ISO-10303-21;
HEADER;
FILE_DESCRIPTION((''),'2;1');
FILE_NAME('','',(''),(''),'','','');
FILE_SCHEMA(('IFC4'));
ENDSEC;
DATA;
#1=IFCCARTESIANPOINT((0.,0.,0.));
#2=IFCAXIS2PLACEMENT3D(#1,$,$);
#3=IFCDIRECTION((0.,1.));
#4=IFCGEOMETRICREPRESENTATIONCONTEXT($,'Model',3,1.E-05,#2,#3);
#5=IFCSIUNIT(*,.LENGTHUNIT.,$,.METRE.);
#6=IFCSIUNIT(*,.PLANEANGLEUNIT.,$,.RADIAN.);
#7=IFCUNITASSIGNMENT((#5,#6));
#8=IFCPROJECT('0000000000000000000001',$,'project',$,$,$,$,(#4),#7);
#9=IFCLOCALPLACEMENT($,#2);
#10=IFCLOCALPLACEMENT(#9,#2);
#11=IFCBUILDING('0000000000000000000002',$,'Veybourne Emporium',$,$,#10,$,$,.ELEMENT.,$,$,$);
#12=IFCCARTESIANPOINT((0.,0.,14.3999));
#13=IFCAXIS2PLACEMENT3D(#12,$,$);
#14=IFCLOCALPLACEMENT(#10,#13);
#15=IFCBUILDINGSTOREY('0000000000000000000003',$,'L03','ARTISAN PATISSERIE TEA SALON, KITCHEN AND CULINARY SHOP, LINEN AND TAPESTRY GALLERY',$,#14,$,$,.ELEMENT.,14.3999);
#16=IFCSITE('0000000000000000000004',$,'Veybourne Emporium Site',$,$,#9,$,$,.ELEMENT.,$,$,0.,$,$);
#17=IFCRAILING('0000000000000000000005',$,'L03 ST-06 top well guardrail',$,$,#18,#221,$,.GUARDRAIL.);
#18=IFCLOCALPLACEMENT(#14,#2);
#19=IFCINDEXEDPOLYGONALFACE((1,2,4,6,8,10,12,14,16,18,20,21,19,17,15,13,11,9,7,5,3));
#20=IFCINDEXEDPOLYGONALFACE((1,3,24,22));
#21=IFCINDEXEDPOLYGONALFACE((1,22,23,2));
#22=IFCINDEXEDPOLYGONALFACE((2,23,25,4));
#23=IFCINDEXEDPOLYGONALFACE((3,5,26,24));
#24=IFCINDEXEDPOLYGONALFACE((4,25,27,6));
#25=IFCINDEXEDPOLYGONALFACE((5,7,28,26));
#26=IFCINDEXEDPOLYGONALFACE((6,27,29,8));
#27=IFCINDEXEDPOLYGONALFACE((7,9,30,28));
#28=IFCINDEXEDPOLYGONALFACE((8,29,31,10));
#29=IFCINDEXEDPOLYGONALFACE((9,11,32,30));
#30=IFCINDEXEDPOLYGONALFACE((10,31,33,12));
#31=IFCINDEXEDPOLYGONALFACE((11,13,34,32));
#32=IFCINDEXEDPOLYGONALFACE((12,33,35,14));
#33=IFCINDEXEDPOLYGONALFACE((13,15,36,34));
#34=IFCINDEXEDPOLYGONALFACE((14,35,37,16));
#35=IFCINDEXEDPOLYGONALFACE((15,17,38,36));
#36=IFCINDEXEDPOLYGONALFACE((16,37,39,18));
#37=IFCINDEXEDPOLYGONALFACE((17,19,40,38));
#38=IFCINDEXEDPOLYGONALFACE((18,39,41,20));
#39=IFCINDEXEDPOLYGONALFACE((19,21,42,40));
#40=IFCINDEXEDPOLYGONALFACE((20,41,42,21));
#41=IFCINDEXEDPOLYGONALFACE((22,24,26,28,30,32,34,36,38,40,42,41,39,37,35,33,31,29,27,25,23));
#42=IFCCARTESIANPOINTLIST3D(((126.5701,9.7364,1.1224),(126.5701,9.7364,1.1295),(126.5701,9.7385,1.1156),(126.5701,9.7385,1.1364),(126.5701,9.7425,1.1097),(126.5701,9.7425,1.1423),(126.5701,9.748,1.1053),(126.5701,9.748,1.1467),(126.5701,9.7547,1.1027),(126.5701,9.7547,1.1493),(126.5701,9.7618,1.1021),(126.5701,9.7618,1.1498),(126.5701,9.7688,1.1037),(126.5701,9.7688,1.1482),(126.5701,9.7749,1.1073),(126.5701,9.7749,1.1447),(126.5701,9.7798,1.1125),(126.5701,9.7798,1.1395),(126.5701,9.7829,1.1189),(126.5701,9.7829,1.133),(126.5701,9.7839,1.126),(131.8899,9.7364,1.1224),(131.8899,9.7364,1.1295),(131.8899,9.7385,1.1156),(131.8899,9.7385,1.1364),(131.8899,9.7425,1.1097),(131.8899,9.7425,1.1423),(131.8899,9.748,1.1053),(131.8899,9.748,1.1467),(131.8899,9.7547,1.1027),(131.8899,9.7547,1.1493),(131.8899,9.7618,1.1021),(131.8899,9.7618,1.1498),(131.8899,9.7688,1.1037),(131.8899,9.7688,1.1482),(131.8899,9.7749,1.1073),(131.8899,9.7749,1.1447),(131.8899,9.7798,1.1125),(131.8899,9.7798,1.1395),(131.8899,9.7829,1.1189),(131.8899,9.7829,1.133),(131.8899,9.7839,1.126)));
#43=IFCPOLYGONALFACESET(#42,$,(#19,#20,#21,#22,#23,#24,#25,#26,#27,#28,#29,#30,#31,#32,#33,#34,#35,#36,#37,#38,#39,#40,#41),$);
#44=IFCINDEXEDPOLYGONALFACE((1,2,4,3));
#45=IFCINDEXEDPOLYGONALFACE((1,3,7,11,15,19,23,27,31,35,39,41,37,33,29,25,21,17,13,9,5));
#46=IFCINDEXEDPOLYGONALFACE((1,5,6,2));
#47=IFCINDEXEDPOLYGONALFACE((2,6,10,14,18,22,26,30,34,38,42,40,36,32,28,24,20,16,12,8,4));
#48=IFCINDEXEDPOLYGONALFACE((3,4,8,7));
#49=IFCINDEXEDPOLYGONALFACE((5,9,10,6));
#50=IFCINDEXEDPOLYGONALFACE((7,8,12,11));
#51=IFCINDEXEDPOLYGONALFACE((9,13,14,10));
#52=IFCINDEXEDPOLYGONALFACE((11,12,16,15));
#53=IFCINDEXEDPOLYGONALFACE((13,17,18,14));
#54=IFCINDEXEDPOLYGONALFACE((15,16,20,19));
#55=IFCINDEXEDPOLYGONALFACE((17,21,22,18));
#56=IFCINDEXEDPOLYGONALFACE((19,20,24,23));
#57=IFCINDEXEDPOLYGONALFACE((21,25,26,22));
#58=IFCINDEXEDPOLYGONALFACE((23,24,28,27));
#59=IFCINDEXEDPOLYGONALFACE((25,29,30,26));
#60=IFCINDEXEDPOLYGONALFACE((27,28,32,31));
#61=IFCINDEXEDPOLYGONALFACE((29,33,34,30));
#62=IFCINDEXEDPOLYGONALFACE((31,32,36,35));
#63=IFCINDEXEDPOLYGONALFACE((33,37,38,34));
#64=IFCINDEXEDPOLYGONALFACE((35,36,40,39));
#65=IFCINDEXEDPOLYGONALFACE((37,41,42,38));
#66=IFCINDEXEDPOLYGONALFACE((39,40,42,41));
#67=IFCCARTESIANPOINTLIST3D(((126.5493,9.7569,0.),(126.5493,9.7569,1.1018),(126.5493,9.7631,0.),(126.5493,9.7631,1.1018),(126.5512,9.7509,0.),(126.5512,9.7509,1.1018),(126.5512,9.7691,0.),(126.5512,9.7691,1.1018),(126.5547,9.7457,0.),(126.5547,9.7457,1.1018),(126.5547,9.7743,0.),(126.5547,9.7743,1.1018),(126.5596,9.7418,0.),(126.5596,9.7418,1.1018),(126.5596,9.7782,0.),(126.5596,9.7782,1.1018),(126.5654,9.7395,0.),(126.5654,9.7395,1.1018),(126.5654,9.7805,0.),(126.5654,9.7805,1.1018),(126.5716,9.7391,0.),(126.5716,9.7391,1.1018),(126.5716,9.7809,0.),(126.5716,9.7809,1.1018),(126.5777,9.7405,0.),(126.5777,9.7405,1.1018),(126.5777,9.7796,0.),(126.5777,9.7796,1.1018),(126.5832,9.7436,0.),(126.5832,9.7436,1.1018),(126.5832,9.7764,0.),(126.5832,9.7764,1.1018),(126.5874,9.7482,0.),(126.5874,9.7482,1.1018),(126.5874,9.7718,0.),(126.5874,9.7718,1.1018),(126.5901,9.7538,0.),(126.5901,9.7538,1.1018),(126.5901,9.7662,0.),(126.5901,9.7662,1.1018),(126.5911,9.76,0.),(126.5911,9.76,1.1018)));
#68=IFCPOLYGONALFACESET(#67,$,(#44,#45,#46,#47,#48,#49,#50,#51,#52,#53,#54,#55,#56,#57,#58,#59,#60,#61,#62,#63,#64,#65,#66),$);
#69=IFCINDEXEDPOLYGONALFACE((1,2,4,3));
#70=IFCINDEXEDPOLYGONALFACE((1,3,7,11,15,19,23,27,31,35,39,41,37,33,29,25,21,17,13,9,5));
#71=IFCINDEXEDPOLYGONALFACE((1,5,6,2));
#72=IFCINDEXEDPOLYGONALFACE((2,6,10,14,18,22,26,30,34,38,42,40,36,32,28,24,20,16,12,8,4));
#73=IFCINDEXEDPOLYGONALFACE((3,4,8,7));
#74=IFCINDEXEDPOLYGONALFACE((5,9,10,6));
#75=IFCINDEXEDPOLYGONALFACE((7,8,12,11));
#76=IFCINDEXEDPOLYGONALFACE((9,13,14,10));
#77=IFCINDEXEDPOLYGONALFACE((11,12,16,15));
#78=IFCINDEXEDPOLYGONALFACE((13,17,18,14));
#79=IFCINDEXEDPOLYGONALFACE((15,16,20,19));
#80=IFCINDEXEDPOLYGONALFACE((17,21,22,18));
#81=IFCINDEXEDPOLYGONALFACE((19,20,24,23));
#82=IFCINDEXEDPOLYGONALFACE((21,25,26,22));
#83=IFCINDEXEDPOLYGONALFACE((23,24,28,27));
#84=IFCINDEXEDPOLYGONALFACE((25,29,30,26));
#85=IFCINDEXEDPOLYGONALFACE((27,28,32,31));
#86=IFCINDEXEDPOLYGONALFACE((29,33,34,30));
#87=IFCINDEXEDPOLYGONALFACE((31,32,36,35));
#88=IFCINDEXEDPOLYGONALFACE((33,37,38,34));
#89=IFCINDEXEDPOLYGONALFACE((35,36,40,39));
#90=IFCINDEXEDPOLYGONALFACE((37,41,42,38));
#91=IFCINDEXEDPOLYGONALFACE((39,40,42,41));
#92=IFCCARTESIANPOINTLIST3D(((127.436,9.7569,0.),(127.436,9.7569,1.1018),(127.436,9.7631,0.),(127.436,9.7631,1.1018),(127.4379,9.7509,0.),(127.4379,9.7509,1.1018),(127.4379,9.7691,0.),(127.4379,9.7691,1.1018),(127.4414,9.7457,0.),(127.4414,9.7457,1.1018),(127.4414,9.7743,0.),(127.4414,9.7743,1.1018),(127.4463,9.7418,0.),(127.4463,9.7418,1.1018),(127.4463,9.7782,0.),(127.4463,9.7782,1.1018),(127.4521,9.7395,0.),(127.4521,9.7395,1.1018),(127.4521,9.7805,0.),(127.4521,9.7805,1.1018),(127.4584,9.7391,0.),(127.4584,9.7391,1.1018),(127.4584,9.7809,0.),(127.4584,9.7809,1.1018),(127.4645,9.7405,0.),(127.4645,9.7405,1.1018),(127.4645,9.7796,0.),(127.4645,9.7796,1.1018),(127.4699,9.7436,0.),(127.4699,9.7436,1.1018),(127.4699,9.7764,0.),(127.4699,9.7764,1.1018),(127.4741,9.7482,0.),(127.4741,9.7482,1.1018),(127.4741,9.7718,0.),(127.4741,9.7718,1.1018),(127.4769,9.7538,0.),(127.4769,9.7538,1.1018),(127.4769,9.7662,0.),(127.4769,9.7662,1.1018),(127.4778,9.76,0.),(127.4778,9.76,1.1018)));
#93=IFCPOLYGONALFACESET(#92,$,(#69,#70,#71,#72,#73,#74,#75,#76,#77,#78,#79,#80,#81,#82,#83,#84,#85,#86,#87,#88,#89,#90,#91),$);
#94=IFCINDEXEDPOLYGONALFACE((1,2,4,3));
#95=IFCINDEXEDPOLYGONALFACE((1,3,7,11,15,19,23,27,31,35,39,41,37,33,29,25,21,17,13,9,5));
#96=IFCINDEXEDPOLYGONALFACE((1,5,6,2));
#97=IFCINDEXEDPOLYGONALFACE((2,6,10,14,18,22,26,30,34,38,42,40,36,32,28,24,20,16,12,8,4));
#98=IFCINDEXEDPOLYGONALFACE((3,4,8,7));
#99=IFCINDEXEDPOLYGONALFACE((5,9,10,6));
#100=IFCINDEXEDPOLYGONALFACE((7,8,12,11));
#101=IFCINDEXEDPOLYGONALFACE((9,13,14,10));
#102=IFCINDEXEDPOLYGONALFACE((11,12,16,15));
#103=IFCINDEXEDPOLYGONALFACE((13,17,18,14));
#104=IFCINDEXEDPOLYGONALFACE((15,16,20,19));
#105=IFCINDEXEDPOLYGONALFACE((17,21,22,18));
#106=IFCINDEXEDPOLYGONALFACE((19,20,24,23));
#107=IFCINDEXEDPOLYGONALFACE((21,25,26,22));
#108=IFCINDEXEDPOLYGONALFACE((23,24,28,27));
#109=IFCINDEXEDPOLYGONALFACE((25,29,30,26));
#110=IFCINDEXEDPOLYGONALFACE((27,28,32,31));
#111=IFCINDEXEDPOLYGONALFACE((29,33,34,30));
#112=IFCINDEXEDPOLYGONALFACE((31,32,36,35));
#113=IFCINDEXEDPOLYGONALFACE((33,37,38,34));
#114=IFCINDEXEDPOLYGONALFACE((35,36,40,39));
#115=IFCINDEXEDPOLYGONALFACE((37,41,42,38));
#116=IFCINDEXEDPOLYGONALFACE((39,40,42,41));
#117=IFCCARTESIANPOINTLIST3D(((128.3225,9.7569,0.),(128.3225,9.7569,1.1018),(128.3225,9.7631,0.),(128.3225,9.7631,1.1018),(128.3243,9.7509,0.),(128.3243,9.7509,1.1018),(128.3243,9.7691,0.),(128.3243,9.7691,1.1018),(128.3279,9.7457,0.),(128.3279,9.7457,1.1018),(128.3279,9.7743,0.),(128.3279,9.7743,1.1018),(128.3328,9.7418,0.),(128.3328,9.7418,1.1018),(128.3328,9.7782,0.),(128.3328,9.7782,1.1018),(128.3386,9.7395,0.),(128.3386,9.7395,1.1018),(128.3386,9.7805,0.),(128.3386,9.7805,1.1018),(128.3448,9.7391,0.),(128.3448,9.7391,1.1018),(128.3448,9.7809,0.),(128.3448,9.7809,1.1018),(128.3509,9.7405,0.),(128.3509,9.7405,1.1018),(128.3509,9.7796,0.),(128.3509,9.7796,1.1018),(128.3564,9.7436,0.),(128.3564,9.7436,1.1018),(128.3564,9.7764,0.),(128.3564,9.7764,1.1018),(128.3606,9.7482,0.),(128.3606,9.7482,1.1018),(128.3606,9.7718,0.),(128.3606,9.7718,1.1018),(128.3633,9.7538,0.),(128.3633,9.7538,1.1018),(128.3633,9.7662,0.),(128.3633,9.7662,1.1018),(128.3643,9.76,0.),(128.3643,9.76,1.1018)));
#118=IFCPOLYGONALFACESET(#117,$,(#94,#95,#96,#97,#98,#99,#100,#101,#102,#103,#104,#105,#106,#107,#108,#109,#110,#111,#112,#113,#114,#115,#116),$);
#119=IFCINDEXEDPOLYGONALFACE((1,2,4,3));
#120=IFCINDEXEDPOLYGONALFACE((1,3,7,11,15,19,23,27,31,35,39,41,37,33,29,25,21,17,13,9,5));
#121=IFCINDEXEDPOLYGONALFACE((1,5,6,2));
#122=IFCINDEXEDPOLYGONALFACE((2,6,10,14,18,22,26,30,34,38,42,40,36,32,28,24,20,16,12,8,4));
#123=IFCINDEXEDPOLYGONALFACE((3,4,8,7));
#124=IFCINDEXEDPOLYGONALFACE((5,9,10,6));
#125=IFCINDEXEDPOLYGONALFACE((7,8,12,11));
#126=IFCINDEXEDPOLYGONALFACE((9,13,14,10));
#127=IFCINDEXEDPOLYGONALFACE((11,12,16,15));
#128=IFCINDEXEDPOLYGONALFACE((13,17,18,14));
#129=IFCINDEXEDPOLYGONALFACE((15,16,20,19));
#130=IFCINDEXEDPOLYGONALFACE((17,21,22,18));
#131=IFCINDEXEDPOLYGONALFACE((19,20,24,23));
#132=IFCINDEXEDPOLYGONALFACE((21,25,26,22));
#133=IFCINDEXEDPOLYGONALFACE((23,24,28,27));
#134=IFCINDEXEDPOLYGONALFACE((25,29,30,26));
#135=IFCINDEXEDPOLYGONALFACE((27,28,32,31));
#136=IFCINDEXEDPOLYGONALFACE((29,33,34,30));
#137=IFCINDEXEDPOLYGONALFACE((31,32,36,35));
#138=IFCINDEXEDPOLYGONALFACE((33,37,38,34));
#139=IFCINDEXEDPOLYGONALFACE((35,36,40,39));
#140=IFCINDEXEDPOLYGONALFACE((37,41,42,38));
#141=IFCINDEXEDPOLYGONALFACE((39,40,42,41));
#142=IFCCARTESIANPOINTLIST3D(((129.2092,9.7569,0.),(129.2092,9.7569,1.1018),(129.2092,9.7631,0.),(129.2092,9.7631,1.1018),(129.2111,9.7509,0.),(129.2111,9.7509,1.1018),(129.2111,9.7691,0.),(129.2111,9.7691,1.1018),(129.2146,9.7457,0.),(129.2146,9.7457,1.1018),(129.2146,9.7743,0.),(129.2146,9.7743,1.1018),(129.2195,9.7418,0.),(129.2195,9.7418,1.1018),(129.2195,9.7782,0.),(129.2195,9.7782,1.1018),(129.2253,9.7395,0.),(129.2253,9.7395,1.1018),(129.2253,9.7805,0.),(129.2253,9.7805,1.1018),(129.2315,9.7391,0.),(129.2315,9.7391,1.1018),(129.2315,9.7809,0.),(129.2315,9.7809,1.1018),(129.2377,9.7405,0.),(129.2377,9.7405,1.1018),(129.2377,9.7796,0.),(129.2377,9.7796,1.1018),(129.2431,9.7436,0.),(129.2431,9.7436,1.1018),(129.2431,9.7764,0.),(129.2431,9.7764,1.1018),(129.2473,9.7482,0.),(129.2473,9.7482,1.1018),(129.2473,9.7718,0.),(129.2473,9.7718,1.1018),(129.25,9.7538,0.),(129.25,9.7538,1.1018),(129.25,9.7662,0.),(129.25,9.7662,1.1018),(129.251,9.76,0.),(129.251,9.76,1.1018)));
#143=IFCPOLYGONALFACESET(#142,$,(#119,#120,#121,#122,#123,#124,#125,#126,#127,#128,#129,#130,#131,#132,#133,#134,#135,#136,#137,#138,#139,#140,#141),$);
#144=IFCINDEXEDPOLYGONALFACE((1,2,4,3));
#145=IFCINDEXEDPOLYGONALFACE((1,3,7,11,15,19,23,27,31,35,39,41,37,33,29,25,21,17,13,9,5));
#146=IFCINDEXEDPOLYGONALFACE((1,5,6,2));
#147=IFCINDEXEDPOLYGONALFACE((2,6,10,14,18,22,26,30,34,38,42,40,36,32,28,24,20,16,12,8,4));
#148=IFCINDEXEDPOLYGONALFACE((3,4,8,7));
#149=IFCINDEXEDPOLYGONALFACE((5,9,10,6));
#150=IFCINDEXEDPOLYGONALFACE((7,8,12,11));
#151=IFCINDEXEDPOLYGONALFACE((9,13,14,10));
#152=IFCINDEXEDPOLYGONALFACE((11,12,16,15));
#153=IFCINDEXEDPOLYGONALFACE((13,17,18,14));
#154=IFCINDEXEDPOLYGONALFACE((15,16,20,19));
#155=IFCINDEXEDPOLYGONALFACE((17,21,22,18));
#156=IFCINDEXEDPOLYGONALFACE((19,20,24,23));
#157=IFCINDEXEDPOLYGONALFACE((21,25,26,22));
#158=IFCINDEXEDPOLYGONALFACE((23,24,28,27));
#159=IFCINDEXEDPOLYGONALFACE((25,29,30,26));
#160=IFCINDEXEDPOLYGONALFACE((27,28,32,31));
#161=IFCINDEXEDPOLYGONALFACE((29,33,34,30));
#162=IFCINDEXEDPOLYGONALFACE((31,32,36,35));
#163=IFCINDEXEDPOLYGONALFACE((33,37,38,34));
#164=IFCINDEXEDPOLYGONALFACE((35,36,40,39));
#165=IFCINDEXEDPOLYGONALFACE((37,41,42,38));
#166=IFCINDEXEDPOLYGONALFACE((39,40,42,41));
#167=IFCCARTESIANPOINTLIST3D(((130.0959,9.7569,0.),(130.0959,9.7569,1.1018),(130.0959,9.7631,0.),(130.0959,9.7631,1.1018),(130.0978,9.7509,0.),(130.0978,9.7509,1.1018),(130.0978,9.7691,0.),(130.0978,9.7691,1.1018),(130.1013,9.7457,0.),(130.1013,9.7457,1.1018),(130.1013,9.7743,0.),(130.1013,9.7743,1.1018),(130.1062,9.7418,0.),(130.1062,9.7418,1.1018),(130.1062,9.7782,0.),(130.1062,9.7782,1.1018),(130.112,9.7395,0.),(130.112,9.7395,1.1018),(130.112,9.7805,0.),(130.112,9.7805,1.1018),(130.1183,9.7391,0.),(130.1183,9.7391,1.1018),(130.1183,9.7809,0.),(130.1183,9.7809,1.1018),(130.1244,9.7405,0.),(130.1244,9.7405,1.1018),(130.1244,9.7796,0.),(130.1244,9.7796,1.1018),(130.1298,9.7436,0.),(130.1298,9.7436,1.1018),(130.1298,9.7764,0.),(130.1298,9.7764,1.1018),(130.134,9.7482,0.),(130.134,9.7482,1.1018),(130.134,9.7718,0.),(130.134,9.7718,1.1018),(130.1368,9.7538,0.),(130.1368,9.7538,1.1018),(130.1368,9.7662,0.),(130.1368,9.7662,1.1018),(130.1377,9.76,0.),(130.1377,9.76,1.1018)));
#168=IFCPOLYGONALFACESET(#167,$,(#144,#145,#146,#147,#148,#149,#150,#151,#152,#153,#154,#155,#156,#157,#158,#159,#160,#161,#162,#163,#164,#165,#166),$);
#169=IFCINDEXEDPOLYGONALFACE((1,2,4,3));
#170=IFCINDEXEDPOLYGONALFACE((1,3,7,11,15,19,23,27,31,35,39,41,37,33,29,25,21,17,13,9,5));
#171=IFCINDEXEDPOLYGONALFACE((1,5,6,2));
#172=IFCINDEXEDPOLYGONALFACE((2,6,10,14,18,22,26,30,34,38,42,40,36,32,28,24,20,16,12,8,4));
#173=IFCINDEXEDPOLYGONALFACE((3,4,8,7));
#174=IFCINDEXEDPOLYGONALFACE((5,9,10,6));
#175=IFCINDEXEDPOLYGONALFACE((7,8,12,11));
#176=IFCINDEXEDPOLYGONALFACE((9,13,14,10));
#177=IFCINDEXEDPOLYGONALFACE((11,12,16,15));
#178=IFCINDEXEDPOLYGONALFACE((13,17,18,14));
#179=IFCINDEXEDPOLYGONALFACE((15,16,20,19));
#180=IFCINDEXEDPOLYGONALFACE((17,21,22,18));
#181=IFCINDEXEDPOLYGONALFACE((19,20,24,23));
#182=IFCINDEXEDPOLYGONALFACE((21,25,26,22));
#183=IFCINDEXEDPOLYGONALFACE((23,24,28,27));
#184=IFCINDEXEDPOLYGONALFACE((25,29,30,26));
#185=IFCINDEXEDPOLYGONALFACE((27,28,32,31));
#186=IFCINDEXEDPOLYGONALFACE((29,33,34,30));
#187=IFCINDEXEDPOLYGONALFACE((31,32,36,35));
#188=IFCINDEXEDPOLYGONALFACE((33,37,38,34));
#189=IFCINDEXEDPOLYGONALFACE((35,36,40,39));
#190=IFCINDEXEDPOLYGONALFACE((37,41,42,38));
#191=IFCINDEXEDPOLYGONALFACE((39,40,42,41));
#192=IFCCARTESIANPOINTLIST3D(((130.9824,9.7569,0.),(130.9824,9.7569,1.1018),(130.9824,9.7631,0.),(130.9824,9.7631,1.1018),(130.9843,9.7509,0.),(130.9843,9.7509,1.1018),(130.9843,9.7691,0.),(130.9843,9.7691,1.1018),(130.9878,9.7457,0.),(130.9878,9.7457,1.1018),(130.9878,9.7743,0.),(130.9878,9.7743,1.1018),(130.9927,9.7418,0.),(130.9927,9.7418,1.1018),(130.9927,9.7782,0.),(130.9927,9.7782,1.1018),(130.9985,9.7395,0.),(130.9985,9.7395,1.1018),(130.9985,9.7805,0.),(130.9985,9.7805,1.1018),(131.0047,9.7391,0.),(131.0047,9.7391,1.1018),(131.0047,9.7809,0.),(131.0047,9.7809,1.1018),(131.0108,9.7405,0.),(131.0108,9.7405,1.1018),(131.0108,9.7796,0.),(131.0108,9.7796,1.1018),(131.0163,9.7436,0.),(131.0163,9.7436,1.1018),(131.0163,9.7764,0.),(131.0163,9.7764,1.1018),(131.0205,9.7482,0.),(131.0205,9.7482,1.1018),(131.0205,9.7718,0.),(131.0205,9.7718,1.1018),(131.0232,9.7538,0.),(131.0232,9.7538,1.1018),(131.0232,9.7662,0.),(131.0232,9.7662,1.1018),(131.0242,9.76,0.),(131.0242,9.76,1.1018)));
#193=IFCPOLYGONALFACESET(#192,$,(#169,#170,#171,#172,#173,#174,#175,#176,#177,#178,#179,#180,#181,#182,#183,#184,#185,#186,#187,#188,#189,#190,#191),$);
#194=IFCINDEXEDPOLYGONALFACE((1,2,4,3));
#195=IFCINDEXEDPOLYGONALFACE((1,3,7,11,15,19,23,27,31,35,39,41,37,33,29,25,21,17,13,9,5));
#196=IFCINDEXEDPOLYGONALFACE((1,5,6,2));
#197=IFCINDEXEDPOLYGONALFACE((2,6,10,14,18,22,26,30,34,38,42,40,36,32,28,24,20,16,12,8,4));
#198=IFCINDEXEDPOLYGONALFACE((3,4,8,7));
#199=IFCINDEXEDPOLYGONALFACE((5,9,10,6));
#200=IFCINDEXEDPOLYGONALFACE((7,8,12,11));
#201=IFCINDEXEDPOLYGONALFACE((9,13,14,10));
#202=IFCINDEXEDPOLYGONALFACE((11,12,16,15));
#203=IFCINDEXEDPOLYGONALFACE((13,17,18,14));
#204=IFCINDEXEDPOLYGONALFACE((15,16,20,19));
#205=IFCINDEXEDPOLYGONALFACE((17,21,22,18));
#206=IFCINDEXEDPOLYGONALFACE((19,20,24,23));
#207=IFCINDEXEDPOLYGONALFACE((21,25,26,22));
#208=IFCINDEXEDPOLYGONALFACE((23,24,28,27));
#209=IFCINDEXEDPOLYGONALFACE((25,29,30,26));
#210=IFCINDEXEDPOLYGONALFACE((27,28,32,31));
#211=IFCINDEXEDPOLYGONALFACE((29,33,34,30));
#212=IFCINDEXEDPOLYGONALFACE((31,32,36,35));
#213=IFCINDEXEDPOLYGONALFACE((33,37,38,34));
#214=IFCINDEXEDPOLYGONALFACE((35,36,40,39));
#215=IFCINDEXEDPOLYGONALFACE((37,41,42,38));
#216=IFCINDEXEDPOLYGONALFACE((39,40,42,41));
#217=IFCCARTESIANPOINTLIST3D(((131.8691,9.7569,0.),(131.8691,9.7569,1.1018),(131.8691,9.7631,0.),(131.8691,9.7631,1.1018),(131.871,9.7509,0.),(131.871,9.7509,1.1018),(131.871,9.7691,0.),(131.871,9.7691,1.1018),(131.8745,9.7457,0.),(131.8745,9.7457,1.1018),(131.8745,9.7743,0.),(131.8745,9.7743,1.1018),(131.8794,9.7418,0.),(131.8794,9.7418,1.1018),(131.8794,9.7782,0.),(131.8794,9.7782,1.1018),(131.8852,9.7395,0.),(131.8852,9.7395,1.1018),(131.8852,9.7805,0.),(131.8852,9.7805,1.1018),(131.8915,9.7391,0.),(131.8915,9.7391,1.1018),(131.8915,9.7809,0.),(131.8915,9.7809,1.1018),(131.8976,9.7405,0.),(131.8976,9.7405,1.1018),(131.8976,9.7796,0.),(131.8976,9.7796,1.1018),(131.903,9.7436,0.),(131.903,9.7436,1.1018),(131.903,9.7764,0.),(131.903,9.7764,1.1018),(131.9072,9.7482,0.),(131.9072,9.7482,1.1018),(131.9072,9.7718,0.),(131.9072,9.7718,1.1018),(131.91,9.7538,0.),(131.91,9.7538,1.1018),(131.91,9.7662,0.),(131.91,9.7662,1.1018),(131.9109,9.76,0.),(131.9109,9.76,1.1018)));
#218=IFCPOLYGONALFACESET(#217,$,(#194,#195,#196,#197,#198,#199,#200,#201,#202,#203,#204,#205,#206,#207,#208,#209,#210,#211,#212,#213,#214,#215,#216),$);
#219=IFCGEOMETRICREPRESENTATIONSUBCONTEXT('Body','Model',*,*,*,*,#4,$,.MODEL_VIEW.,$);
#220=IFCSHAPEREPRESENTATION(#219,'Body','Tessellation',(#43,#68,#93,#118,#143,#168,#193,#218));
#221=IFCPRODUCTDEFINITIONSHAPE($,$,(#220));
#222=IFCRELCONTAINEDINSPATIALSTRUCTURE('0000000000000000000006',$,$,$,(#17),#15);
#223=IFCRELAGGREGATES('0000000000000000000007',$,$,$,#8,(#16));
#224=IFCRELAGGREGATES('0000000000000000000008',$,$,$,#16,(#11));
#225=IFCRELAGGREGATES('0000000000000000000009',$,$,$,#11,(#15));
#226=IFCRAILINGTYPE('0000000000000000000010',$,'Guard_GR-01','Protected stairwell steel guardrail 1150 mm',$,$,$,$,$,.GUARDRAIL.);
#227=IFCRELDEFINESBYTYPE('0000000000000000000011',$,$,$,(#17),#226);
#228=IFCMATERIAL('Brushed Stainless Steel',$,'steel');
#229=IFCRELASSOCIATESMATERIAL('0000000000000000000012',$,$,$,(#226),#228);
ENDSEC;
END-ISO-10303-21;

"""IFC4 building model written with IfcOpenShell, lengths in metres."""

from ifc_helpers import new_model, si_unit, direction, frame, origin, origin_2d, place, context, subcontext, project, spatial, circle, extrude, material, type_object, element, save


model = new_model("IFC4")

# Units and contexts
model_context = context("Model", 3, precision=1e-05, world=origin(), true_north=direction((0.0, 1.0)))
body_context = subcontext(model_context, "Body", "Model", "MODEL_VIEW")
ifc_project = project(units=[si_unit("LENGTHUNIT", "METRE"), si_unit("PLANEANGLEUNIT", "RADIAN")], contexts=[model_context])

# Site, building, storey
site_placement = place(None, origin())
site = spatial("IfcSite", under=ifc_project, at=site_placement, Name="Veybourne Emporium Site", CompositionType="ELEMENT", RefElevation=0.0)
building_placement = place(site_placement, origin())
building = spatial("IfcBuilding", under=site, at=building_placement, Name="Veybourne Emporium", CompositionType="ELEMENT")
storey_placement = place(building_placement, frame((0.0, 0.0, 14.3999)))
storey = spatial("IfcBuildingStorey", under=building, at=storey_placement, Name="L03", Description="ARTISAN PATISSERIE TEA SALON, KITCHEN AND CULINARY SHOP, LINEN AND TAPESTRY GALLERY", CompositionType="ELEMENT", Elevation=14.3999)

# Railing
ifc_material_1 = material(Name="Brushed Stainless Steel", Category="steel")
railing_type = type_object("IfcRailingType", Name="Guard_GR-01", Description="Protected stairwell steel guardrail 1150 mm", PredefinedType="GUARDRAIL", material=ifc_material_1)
railing_placement = place(storey_placement, frame((126.5701, 9.76, 0.0)))
element("IfcRailing", 1, at=railing_placement, inside=storey, type_object=railing_type, Name="L03 ST-06 top well guardrail", PredefinedType="GUARDRAIL", context=body_context, shape_type="SweptSolid", body=[
    extrude(circle(Radius=0.0239, at=origin_2d()), frame((0.0, 0.0, 1.126), z_axis=(1.0, 0.0, 0.0), x_axis=(0.0, 1.0, 0.0)), (0.0, 0.0, 1.0), 5.3198),
    extrude(circle(Radius=0.021, at=origin_2d()), origin(), (0.0, 0.0, 1.0), 1.1018),
    extrude(circle(Radius=0.021, at=origin_2d()), frame((0.8867, 0.0, 0.0)), (0.0, 0.0, 1.0), 1.1018),
    extrude(circle(Radius=0.021, at=origin_2d()), frame((1.7732, 0.0, 0.0)), (0.0, 0.0, 1.0), 1.1018),
    extrude(circle(Radius=0.021, at=origin_2d()), frame((2.6599, 0.0, 0.0)), (0.0, 0.0, 1.0), 1.1018),
    extrude(circle(Radius=0.021, at=origin_2d()), frame((3.5466, 0.0, 0.0)), (0.0, 0.0, 1.0), 1.1018),
    extrude(circle(Radius=0.021, at=origin_2d()), frame((4.4331, 0.0, 0.0)), (0.0, 0.0, 1.0), 1.1018),
    extrude(circle(Radius=0.021, at=origin_2d()), frame((5.3198, 0.0, 0.0)), (0.0, 0.0, 1.0), 1.1018),
])

save(model, "model.ifc")
